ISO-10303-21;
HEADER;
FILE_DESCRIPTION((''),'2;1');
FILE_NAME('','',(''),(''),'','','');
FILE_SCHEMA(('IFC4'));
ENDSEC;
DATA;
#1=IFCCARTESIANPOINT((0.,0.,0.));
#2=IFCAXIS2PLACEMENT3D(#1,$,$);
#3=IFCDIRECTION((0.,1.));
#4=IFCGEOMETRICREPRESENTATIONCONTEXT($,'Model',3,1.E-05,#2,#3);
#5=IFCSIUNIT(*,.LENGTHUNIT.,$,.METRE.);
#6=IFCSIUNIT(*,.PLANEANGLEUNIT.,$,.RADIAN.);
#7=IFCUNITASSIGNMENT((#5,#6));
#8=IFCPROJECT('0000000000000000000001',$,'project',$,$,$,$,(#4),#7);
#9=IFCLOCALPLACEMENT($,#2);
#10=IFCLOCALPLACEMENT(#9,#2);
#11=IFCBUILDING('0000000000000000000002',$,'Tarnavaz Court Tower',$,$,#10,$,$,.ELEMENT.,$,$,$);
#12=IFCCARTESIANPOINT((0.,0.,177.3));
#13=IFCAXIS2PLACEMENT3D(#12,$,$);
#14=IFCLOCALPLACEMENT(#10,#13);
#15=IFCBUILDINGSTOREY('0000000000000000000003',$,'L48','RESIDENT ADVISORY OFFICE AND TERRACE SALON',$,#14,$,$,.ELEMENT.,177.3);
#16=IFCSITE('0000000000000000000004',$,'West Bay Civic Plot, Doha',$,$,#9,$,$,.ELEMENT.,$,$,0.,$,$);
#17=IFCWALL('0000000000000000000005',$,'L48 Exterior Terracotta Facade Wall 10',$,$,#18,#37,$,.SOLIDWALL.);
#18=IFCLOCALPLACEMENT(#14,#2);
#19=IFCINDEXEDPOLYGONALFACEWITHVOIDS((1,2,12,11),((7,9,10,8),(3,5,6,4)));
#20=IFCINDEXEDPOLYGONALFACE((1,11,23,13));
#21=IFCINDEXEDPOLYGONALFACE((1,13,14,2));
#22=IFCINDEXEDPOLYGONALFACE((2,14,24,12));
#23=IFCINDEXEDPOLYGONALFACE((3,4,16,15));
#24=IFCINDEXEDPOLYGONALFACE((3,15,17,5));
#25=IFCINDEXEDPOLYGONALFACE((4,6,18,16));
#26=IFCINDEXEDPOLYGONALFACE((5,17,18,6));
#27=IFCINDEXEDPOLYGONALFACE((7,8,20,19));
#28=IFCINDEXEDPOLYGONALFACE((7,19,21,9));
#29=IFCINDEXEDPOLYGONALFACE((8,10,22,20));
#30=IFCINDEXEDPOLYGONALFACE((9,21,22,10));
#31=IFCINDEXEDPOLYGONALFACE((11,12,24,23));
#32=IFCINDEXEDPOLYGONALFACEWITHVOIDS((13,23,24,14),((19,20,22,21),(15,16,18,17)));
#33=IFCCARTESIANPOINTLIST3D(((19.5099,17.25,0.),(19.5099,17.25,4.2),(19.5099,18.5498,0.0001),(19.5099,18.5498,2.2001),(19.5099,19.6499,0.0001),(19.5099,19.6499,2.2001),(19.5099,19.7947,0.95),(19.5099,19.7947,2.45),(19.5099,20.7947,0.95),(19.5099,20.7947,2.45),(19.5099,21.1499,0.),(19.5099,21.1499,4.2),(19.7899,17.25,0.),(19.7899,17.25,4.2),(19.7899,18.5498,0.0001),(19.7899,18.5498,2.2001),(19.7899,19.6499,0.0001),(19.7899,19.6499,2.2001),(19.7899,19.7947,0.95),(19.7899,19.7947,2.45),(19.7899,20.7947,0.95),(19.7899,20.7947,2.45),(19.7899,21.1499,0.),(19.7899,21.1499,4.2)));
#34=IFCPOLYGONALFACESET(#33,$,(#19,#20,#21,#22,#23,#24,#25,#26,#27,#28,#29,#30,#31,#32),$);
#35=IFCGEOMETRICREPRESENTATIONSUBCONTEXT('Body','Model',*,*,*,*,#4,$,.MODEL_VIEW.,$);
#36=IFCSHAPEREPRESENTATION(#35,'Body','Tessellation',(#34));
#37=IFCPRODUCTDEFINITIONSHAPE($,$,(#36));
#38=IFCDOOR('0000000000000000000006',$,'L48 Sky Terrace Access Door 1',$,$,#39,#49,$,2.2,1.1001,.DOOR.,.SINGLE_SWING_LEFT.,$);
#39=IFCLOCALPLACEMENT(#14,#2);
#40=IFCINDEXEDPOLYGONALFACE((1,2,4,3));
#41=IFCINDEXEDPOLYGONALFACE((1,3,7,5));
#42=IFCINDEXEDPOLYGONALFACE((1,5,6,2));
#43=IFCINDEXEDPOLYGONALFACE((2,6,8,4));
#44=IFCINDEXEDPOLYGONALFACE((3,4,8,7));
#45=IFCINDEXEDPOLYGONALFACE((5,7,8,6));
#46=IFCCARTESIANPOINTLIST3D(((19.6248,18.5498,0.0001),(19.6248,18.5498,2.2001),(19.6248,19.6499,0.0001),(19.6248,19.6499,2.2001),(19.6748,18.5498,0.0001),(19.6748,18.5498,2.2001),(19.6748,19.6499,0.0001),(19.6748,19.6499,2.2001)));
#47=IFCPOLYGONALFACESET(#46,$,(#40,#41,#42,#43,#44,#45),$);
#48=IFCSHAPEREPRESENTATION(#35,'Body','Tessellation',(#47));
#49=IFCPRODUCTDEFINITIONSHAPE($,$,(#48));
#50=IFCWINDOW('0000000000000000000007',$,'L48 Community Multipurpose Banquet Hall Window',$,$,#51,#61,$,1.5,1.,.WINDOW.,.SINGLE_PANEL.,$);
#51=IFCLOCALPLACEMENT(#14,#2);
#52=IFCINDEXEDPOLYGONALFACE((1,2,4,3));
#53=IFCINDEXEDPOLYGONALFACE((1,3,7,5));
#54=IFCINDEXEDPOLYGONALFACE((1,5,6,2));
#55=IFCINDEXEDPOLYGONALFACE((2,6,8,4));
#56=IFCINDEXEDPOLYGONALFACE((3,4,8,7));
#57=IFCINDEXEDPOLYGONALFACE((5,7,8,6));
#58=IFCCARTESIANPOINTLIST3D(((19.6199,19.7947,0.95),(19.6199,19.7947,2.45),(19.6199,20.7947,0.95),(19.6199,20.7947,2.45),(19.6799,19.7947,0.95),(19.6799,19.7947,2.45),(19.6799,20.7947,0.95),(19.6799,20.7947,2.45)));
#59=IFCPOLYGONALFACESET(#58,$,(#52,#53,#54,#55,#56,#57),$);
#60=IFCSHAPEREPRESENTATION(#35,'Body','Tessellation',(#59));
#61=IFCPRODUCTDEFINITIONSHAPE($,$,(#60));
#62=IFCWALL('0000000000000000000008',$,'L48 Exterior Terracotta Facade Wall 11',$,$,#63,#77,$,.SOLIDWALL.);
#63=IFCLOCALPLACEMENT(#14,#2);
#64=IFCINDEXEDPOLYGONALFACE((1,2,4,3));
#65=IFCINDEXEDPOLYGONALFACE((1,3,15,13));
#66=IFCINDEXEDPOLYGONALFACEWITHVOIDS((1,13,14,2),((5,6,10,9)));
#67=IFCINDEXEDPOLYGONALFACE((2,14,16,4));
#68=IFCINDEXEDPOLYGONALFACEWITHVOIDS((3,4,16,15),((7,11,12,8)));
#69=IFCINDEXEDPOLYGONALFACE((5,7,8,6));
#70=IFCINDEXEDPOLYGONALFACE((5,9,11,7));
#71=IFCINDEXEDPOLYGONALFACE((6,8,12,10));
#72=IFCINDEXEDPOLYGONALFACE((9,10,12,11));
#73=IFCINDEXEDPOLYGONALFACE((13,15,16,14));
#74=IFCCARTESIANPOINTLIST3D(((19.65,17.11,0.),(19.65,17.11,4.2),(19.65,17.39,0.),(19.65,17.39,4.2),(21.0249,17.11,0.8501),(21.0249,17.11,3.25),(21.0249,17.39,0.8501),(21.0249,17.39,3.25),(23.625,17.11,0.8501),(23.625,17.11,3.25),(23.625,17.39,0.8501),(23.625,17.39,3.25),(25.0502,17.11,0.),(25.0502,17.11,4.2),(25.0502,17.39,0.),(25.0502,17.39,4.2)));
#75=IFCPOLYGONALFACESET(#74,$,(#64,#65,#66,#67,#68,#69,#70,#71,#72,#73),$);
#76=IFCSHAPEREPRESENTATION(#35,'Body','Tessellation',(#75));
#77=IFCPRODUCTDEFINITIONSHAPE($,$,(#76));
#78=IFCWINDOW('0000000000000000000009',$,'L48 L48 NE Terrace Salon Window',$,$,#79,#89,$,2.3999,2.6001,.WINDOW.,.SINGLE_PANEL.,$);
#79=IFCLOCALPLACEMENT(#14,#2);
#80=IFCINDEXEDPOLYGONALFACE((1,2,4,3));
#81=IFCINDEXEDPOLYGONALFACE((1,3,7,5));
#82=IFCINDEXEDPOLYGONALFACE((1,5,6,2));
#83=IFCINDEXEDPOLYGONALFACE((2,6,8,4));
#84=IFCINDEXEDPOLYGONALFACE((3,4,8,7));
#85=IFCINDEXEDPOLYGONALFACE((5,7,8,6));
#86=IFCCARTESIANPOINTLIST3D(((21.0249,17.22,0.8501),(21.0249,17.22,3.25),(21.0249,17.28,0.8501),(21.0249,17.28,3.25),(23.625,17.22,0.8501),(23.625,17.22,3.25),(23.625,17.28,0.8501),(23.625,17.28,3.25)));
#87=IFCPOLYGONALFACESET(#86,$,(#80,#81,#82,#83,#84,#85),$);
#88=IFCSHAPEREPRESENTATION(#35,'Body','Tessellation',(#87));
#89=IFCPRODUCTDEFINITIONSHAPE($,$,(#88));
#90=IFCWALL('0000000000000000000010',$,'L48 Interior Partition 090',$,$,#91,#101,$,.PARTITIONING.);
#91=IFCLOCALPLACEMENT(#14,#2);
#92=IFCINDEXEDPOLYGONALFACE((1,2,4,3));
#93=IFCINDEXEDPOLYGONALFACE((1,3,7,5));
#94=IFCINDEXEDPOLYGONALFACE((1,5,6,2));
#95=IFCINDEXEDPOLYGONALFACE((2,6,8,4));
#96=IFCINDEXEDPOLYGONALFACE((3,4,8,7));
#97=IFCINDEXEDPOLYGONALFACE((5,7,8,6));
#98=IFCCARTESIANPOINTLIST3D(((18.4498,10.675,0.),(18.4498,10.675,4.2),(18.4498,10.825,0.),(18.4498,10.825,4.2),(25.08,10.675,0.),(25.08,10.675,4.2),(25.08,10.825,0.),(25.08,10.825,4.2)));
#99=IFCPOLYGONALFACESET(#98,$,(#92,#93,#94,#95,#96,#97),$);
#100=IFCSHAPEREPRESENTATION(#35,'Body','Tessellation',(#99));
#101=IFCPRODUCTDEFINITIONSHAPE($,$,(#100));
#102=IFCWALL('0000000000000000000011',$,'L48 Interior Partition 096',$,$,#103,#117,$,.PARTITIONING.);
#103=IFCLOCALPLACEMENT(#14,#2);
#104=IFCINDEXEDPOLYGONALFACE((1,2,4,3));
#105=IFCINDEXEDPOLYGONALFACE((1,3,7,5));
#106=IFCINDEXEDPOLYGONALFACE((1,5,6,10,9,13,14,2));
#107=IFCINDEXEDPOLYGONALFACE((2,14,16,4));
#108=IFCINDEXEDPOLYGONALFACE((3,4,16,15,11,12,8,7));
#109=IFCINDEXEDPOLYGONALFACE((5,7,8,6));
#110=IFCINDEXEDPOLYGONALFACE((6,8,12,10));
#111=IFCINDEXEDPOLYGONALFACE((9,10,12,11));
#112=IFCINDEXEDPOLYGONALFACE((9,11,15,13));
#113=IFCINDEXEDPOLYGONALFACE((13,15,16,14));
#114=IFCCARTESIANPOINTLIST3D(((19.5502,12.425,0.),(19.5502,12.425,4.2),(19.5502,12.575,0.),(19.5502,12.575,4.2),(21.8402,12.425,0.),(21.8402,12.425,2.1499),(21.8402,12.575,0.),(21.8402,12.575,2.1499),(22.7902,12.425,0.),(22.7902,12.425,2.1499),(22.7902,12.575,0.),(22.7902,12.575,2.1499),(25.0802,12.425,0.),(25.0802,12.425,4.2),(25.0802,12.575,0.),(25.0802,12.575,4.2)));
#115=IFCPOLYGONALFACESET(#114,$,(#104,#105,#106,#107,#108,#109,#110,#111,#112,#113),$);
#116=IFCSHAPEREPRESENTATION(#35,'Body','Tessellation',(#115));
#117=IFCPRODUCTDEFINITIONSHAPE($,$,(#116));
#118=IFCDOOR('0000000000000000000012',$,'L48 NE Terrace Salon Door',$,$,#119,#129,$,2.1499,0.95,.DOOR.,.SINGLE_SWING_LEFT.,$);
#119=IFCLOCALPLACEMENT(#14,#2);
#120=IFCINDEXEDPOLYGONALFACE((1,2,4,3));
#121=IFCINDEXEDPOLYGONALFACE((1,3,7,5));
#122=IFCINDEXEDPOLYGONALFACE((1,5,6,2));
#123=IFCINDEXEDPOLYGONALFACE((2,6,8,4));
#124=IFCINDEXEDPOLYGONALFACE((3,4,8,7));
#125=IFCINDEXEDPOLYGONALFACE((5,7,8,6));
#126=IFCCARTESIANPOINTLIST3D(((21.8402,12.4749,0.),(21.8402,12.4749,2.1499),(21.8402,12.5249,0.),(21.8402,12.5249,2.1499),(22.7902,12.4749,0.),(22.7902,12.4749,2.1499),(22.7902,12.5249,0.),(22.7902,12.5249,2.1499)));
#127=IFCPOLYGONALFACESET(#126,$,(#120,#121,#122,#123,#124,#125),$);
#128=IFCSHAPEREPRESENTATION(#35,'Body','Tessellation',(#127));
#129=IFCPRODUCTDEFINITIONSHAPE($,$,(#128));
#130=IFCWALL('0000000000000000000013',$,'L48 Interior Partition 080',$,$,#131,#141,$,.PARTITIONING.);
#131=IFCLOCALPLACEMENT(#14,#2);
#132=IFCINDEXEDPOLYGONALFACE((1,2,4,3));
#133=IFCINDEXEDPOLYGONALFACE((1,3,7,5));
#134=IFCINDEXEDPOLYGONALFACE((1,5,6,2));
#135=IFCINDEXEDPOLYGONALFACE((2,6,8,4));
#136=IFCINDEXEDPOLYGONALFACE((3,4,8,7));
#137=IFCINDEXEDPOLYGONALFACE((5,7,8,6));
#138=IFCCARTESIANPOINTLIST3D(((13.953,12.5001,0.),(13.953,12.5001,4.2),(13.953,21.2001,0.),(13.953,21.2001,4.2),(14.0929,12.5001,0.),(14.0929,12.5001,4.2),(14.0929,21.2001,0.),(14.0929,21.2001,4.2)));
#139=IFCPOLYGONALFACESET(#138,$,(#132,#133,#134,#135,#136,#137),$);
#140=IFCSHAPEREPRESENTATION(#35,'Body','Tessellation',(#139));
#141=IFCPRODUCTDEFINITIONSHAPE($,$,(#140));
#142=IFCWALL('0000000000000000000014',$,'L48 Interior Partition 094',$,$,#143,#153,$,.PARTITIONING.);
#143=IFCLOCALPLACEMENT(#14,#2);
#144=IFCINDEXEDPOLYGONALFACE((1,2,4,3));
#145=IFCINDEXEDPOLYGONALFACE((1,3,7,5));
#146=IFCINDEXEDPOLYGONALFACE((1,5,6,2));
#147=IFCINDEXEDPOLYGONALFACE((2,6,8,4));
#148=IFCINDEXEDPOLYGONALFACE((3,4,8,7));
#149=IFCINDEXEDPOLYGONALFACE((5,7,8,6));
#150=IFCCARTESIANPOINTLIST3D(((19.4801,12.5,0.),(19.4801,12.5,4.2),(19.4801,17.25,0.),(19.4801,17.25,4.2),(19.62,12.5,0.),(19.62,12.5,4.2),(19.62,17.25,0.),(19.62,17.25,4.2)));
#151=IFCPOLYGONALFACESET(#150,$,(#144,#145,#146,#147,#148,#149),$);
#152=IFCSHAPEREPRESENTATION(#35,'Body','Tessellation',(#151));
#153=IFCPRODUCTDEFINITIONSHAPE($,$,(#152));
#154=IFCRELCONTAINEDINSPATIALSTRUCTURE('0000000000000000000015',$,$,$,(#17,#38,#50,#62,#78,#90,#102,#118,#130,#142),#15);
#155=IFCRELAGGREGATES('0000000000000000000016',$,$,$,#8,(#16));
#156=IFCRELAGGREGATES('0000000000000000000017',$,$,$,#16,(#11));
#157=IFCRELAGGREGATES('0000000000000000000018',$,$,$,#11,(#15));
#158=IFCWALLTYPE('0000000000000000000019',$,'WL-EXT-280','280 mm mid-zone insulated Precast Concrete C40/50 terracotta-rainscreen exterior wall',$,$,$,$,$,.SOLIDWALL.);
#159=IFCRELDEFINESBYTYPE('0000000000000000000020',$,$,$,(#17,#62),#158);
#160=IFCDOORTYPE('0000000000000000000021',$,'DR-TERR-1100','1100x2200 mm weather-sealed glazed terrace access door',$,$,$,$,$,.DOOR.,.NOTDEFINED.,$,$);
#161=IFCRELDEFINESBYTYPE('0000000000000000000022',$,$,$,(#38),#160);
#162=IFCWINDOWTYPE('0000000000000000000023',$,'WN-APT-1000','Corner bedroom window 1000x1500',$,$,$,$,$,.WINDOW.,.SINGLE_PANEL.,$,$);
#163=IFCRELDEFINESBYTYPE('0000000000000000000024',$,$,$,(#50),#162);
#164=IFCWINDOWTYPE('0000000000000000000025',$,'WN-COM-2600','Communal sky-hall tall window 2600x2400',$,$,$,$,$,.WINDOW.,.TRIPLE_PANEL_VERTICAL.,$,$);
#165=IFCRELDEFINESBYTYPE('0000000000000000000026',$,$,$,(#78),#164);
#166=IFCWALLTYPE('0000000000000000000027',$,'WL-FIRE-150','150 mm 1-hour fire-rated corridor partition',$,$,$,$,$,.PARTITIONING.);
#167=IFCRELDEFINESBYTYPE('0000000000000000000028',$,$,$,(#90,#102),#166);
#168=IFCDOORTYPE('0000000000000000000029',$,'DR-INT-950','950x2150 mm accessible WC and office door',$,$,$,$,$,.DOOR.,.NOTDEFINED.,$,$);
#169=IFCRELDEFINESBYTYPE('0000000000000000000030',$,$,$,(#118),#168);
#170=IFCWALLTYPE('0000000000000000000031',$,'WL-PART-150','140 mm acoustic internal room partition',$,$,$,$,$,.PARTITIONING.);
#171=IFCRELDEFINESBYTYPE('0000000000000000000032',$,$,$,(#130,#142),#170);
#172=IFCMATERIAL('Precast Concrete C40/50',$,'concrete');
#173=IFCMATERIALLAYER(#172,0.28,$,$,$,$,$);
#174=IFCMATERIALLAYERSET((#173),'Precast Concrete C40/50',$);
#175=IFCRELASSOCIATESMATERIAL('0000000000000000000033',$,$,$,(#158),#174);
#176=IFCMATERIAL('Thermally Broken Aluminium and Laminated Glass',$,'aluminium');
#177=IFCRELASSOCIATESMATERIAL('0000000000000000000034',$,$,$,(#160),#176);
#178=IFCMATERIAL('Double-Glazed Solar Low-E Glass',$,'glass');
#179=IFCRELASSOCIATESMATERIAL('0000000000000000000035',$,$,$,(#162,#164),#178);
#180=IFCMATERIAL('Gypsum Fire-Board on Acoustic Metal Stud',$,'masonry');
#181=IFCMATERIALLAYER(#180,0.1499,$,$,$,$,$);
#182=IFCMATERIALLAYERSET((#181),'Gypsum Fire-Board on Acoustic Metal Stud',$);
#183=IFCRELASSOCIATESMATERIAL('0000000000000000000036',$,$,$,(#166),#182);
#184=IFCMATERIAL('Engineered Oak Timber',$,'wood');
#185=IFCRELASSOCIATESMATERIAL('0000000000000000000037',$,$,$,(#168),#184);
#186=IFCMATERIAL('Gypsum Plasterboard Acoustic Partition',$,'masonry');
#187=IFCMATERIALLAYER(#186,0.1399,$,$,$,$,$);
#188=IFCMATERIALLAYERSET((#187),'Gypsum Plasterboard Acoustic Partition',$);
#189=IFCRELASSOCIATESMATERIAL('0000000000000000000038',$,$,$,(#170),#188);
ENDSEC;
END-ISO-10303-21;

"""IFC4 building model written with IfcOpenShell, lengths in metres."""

from ifc_helpers import new_model, si_unit, direction, frame, frame_2d, origin, place, context, subcontext, project, spatial, rectangle, extrude, material, layer, layer_set, type_object, element, fill, save


model = new_model("IFC4")

# Units and contexts
model_context = context("Model", 3, precision=1e-05, world=origin(), true_north=direction((0.0, 1.0)))
body_context = subcontext(model_context, "Body", "Model", "MODEL_VIEW")
ifc_project = project(units=[si_unit("LENGTHUNIT", "METRE"), si_unit("PLANEANGLEUNIT", "RADIAN")], contexts=[model_context])

# Site, building, storey
site_placement = place(None, origin())
site = spatial("IfcSite", under=ifc_project, at=site_placement, Name="West Bay Civic Plot, Doha", CompositionType="ELEMENT", RefElevation=0.0)
building_placement = place(site_placement, origin())
building = spatial("IfcBuilding", under=site, at=building_placement, Name="Tarnavaz Court Tower", CompositionType="ELEMENT")
storey_placement = place(building_placement, frame((0.0, 0.0, 177.3)))
storey = spatial("IfcBuildingStorey", under=building, at=storey_placement, Name="L48", Description="RESIDENT ADVISORY OFFICE AND TERRACE SALON", CompositionType="ELEMENT", Elevation=177.3)

# Shared definitions
ifc_material_1 = material(Name="Double-Glazed Solar Low-E Glass", Category="glass")

# Wall, openings, door, window
ifc_material_2 = material(Name="Precast Concrete C40/50", Category="concrete")
ifc_layer_1 = layer(ifc_material_2, 0.28)
ifc_layer_set_1 = layer_set([ifc_layer_1], Name="Precast Concrete C40/50")
wall_type_1 = type_object("IfcWallType", Name="WL-EXT-280", Description="280 mm mid-zone insulated Precast Concrete C40/50 terracotta-rainscreen exterior wall", PredefinedType="SOLIDWALL", material=ifc_layer_set_1)
wall_1_placement = place(storey_placement, frame((19.6499, 21.1499, 0.0), z_axis=(0.0, 0.0, 1.0), x_axis=(0.0, -1.0, 0.0)))
wall_1 = element("IfcWall", 1, at=wall_1_placement, inside=storey, type_object=wall_type_1, Name="L48 Exterior Terracotta Facade Wall 10", PredefinedType="SOLIDWALL", context=body_context, shape_type="SweptSolid", body=[
    extrude(rectangle(XDim=3.8999, YDim=0.28, at=frame_2d((1.95, 0.0))), origin(), (0.0, 0.0, 1.0), 4.2),
])
opening_1_placement = place(wall_1_placement, frame((1.5, 0.0, 0.0)))
opening_1 = element("IfcOpeningElement", 2, at=opening_1_placement, cuts=wall_1, PredefinedType="OPENING", context=body_context, shape_type="SweptSolid", body=[
    extrude(rectangle(XDim=1.1001, YDim=2.2, at=frame_2d((0.55, 1.1001))), frame((0.0, 0.1499, 0.0), z_axis=(0.0, -1.0, 0.0), x_axis=(1.0, 0.0, 0.0)), (0.0, 0.0, 1.0), 0.3),
])
opening_2_placement = place(wall_1_placement, frame((0.3552, 0.0, 0.95)))
opening_2 = element("IfcOpeningElement", 3, at=opening_2_placement, cuts=wall_1, PredefinedType="OPENING", context=body_context, shape_type="SweptSolid", body=[
    extrude(rectangle(XDim=1.0, YDim=1.5, at=frame_2d((0.5, 0.75))), frame((0.0, 0.1499, 0.0), z_axis=(0.0, -1.0, 0.0), x_axis=(1.0, 0.0, 0.0)), (0.0, 0.0, 1.0), 0.3),
])
ifc_material_3 = material(Name="Thermally Broken Aluminium and Laminated Glass", Category="aluminium")
door_type_1 = type_object("IfcDoorType", Name="DR-TERR-1100", Description="1100x2200 mm weather-sealed glazed terrace access door", OperationType="NOTDEFINED", PredefinedType="DOOR", material=ifc_material_3)
door_1_placement = place(opening_1_placement, origin())
door_1 = element("IfcDoor", 4, at=door_1_placement, inside=storey, type_object=door_type_1, Name="L48 Sky Terrace Access Door 1", OperationType="SINGLE_SWING_LEFT", OverallHeight=2.2, OverallWidth=1.1001, PredefinedType="DOOR", context=body_context, shape_type="SweptSolid", body=[
    extrude(rectangle(XDim=1.1001, YDim=2.2, at=frame_2d((0.55, 1.1001))), frame((0.0, 0.0249, 0.0), z_axis=(0.0, -1.0, 0.0), x_axis=(1.0, 0.0, 0.0)), (0.0, 0.0, 1.0), 0.05),
])
fill(opening_1, door_1)
window_type_1 = type_object("IfcWindowType", Name="WN-APT-1000", Description="Corner bedroom window 1000x1500", PartitioningType="SINGLE_PANEL", PredefinedType="WINDOW", material=ifc_material_1)
window_1_placement = place(opening_2_placement, origin())
window_1 = element("IfcWindow", 5, at=window_1_placement, inside=storey, type_object=window_type_1, Name="L48 Community Multipurpose Banquet Hall Window", OverallHeight=1.5, OverallWidth=1.0, PartitioningType="SINGLE_PANEL", PredefinedType="WINDOW", context=body_context, shape_type="SweptSolid", body=[
    extrude(rectangle(XDim=1.0, YDim=1.5, at=frame_2d((0.5, 0.75))), frame((0.0, 0.03, 0.0), z_axis=(0.0, -1.0, 0.0), x_axis=(1.0, 0.0, 0.0)), (0.0, 0.0, 1.0), 0.0601),
])
fill(opening_2, window_1)

# Wall, opening, window
wall_2_placement = place(storey_placement, frame((19.6499, 17.25, 0.0), z_axis=(0.0, 0.0, 1.0), x_axis=(1.0, 0.0, 0.0)))
wall_2 = element("IfcWall", 6, at=wall_2_placement, inside=storey, type_object=wall_type_1, Name="L48 Exterior Terracotta Facade Wall 11", PredefinedType="SOLIDWALL", context=body_context, shape_type="SweptSolid", body=[
    extrude(rectangle(XDim=5.4001, YDim=0.28, at=frame_2d((2.7002, 0.0))), origin(), (0.0, 0.0, 1.0), 4.2),
])
opening_3_placement = place(wall_2_placement, frame((1.375, 0.0, 0.8501)))
opening_3 = element("IfcOpeningElement", 7, at=opening_3_placement, cuts=wall_2, PredefinedType="OPENING", context=body_context, shape_type="SweptSolid", body=[
    extrude(rectangle(XDim=2.6001, YDim=2.3999, at=frame_2d((1.3, 1.2))), frame((0.0, 0.1499, 0.0), z_axis=(0.0, -1.0, 0.0), x_axis=(1.0, 0.0, 0.0)), (0.0, 0.0, 1.0), 0.3),
])
window_type_2 = type_object("IfcWindowType", Name="WN-COM-2600", Description="Communal sky-hall tall window 2600x2400", PartitioningType="TRIPLE_PANEL_VERTICAL", PredefinedType="WINDOW", material=ifc_material_1)
window_2_placement = place(opening_3_placement, origin())
window_2 = element("IfcWindow", 8, at=window_2_placement, inside=storey, type_object=window_type_2, Name="L48 L48 NE Terrace Salon Window", OverallHeight=2.3999, OverallWidth=2.6001, PartitioningType="SINGLE_PANEL", PredefinedType="WINDOW", context=body_context, shape_type="SweptSolid", body=[
    extrude(rectangle(XDim=2.6001, YDim=2.3999, at=frame_2d((1.3, 1.2))), frame((0.0, 0.03, 0.0), z_axis=(0.0, -1.0, 0.0), x_axis=(1.0, 0.0, 0.0)), (0.0, 0.0, 1.0), 0.0601),
])
fill(opening_3, window_2)

# Wall
ifc_material_4 = material(Name="Gypsum Fire-Board on Acoustic Metal Stud", Category="masonry")
ifc_layer_2 = layer(ifc_material_4, 0.1499)
ifc_layer_set_2 = layer_set([ifc_layer_2], Name="Gypsum Fire-Board on Acoustic Metal Stud")
wall_type_2 = type_object("IfcWallType", Name="WL-FIRE-150", Description="150 mm 1-hour fire-rated corridor partition", PredefinedType="PARTITIONING", material=ifc_layer_set_2)
wall_3_placement = place(storey_placement, frame((18.45, 10.75, 0.0), z_axis=(0.0, 0.0, 1.0), x_axis=(1.0, 0.0, 0.0)))
element("IfcWall", 9, at=wall_3_placement, inside=storey, type_object=wall_type_2, Name="L48 Interior Partition 090", PredefinedType="PARTITIONING", context=body_context, shape_type="SweptSolid", body=[
    extrude(rectangle(XDim=6.6301, YDim=0.1499, at=frame_2d((3.3149, 0.0))), origin(), (0.0, 0.0, 1.0), 4.2),
])

# Wall, opening, door
wall_4_placement = place(storey_placement, frame((19.55, 12.5, 0.0), z_axis=(0.0, 0.0, 1.0), x_axis=(1.0, 0.0, 0.0)))
wall_4 = element("IfcWall", 10, at=wall_4_placement, inside=storey, type_object=wall_type_2, Name="L48 Interior Partition 096", PredefinedType="PARTITIONING", context=body_context, shape_type="SweptSolid", body=[
    extrude(rectangle(XDim=5.53, YDim=0.1499, at=frame_2d((2.7651, 0.0))), origin(), (0.0, 0.0, 1.0), 4.2),
])
opening_4_placement = place(wall_4_placement, frame((2.29, 0.0, 0.0)))
opening_4 = element("IfcOpeningElement", 11, at=opening_4_placement, cuts=wall_4, PredefinedType="OPENING", context=body_context, shape_type="SweptSolid", body=[
    extrude(rectangle(XDim=0.95, YDim=2.1499, at=frame_2d((0.4751, 1.075))), frame((0.0, 0.085, 0.0), z_axis=(0.0, -1.0, 0.0), x_axis=(1.0, 0.0, 0.0)), (0.0, 0.0, 1.0), 0.1699),
])
ifc_material_5 = material(Name="Engineered Oak Timber", Category="wood")
door_type_2 = type_object("IfcDoorType", Name="DR-INT-950", Description="950x2150 mm accessible WC and office door", OperationType="NOTDEFINED", PredefinedType="DOOR", material=ifc_material_5)
door_2_placement = place(opening_4_placement, origin())
door_2 = element("IfcDoor", 12, at=door_2_placement, inside=storey, type_object=door_type_2, Name="L48 NE Terrace Salon Door", OperationType="SINGLE_SWING_LEFT", OverallHeight=2.1499, OverallWidth=0.95, PredefinedType="DOOR", context=body_context, shape_type="SweptSolid", body=[
    extrude(rectangle(XDim=0.95, YDim=2.1499, at=frame_2d((0.4751, 1.075))), frame((0.0, 0.0249, 0.0), z_axis=(0.0, -1.0, 0.0), x_axis=(1.0, 0.0, 0.0)), (0.0, 0.0, 1.0), 0.05),
])
fill(opening_4, door_2)

# Walls
ifc_material_6 = material(Name="Gypsum Plasterboard Acoustic Partition", Category="masonry")
ifc_layer_3 = layer(ifc_material_6, 0.1399)
ifc_layer_set_3 = layer_set([ifc_layer_3], Name="Gypsum Plasterboard Acoustic Partition")
wall_type_3 = type_object("IfcWallType", Name="WL-PART-150", Description="140 mm acoustic internal room partition", PredefinedType="PARTITIONING", material=ifc_layer_set_3)
wall_5_placement = place(storey_placement, frame((14.0229, 12.5, 0.0), z_axis=(0.0, 0.0, 1.0), x_axis=(0.0, 1.0, 0.0)))
element("IfcWall", 13, at=wall_5_placement, inside=storey, type_object=wall_type_3, Name="L48 Interior Partition 080", PredefinedType="PARTITIONING", context=body_context, shape_type="SweptSolid", body=[
    extrude(rectangle(XDim=8.7, YDim=0.1399, at=frame_2d((4.3501, 0.0))), origin(), (0.0, 0.0, 1.0), 4.2),
])
wall_6_placement = place(storey_placement, frame((19.55, 12.5, 0.0), z_axis=(0.0, 0.0, 1.0), x_axis=(0.0, 1.0, 0.0)))
element("IfcWall", 14, at=wall_6_placement, inside=storey, type_object=wall_type_3, Name="L48 Interior Partition 094", PredefinedType="PARTITIONING", context=body_context, shape_type="SweptSolid", body=[
    extrude(rectangle(XDim=4.75, YDim=0.1399, at=frame_2d((2.375, 0.0))), origin(), (0.0, 0.0, 1.0), 4.2),
])

save(model, "model.ifc")
